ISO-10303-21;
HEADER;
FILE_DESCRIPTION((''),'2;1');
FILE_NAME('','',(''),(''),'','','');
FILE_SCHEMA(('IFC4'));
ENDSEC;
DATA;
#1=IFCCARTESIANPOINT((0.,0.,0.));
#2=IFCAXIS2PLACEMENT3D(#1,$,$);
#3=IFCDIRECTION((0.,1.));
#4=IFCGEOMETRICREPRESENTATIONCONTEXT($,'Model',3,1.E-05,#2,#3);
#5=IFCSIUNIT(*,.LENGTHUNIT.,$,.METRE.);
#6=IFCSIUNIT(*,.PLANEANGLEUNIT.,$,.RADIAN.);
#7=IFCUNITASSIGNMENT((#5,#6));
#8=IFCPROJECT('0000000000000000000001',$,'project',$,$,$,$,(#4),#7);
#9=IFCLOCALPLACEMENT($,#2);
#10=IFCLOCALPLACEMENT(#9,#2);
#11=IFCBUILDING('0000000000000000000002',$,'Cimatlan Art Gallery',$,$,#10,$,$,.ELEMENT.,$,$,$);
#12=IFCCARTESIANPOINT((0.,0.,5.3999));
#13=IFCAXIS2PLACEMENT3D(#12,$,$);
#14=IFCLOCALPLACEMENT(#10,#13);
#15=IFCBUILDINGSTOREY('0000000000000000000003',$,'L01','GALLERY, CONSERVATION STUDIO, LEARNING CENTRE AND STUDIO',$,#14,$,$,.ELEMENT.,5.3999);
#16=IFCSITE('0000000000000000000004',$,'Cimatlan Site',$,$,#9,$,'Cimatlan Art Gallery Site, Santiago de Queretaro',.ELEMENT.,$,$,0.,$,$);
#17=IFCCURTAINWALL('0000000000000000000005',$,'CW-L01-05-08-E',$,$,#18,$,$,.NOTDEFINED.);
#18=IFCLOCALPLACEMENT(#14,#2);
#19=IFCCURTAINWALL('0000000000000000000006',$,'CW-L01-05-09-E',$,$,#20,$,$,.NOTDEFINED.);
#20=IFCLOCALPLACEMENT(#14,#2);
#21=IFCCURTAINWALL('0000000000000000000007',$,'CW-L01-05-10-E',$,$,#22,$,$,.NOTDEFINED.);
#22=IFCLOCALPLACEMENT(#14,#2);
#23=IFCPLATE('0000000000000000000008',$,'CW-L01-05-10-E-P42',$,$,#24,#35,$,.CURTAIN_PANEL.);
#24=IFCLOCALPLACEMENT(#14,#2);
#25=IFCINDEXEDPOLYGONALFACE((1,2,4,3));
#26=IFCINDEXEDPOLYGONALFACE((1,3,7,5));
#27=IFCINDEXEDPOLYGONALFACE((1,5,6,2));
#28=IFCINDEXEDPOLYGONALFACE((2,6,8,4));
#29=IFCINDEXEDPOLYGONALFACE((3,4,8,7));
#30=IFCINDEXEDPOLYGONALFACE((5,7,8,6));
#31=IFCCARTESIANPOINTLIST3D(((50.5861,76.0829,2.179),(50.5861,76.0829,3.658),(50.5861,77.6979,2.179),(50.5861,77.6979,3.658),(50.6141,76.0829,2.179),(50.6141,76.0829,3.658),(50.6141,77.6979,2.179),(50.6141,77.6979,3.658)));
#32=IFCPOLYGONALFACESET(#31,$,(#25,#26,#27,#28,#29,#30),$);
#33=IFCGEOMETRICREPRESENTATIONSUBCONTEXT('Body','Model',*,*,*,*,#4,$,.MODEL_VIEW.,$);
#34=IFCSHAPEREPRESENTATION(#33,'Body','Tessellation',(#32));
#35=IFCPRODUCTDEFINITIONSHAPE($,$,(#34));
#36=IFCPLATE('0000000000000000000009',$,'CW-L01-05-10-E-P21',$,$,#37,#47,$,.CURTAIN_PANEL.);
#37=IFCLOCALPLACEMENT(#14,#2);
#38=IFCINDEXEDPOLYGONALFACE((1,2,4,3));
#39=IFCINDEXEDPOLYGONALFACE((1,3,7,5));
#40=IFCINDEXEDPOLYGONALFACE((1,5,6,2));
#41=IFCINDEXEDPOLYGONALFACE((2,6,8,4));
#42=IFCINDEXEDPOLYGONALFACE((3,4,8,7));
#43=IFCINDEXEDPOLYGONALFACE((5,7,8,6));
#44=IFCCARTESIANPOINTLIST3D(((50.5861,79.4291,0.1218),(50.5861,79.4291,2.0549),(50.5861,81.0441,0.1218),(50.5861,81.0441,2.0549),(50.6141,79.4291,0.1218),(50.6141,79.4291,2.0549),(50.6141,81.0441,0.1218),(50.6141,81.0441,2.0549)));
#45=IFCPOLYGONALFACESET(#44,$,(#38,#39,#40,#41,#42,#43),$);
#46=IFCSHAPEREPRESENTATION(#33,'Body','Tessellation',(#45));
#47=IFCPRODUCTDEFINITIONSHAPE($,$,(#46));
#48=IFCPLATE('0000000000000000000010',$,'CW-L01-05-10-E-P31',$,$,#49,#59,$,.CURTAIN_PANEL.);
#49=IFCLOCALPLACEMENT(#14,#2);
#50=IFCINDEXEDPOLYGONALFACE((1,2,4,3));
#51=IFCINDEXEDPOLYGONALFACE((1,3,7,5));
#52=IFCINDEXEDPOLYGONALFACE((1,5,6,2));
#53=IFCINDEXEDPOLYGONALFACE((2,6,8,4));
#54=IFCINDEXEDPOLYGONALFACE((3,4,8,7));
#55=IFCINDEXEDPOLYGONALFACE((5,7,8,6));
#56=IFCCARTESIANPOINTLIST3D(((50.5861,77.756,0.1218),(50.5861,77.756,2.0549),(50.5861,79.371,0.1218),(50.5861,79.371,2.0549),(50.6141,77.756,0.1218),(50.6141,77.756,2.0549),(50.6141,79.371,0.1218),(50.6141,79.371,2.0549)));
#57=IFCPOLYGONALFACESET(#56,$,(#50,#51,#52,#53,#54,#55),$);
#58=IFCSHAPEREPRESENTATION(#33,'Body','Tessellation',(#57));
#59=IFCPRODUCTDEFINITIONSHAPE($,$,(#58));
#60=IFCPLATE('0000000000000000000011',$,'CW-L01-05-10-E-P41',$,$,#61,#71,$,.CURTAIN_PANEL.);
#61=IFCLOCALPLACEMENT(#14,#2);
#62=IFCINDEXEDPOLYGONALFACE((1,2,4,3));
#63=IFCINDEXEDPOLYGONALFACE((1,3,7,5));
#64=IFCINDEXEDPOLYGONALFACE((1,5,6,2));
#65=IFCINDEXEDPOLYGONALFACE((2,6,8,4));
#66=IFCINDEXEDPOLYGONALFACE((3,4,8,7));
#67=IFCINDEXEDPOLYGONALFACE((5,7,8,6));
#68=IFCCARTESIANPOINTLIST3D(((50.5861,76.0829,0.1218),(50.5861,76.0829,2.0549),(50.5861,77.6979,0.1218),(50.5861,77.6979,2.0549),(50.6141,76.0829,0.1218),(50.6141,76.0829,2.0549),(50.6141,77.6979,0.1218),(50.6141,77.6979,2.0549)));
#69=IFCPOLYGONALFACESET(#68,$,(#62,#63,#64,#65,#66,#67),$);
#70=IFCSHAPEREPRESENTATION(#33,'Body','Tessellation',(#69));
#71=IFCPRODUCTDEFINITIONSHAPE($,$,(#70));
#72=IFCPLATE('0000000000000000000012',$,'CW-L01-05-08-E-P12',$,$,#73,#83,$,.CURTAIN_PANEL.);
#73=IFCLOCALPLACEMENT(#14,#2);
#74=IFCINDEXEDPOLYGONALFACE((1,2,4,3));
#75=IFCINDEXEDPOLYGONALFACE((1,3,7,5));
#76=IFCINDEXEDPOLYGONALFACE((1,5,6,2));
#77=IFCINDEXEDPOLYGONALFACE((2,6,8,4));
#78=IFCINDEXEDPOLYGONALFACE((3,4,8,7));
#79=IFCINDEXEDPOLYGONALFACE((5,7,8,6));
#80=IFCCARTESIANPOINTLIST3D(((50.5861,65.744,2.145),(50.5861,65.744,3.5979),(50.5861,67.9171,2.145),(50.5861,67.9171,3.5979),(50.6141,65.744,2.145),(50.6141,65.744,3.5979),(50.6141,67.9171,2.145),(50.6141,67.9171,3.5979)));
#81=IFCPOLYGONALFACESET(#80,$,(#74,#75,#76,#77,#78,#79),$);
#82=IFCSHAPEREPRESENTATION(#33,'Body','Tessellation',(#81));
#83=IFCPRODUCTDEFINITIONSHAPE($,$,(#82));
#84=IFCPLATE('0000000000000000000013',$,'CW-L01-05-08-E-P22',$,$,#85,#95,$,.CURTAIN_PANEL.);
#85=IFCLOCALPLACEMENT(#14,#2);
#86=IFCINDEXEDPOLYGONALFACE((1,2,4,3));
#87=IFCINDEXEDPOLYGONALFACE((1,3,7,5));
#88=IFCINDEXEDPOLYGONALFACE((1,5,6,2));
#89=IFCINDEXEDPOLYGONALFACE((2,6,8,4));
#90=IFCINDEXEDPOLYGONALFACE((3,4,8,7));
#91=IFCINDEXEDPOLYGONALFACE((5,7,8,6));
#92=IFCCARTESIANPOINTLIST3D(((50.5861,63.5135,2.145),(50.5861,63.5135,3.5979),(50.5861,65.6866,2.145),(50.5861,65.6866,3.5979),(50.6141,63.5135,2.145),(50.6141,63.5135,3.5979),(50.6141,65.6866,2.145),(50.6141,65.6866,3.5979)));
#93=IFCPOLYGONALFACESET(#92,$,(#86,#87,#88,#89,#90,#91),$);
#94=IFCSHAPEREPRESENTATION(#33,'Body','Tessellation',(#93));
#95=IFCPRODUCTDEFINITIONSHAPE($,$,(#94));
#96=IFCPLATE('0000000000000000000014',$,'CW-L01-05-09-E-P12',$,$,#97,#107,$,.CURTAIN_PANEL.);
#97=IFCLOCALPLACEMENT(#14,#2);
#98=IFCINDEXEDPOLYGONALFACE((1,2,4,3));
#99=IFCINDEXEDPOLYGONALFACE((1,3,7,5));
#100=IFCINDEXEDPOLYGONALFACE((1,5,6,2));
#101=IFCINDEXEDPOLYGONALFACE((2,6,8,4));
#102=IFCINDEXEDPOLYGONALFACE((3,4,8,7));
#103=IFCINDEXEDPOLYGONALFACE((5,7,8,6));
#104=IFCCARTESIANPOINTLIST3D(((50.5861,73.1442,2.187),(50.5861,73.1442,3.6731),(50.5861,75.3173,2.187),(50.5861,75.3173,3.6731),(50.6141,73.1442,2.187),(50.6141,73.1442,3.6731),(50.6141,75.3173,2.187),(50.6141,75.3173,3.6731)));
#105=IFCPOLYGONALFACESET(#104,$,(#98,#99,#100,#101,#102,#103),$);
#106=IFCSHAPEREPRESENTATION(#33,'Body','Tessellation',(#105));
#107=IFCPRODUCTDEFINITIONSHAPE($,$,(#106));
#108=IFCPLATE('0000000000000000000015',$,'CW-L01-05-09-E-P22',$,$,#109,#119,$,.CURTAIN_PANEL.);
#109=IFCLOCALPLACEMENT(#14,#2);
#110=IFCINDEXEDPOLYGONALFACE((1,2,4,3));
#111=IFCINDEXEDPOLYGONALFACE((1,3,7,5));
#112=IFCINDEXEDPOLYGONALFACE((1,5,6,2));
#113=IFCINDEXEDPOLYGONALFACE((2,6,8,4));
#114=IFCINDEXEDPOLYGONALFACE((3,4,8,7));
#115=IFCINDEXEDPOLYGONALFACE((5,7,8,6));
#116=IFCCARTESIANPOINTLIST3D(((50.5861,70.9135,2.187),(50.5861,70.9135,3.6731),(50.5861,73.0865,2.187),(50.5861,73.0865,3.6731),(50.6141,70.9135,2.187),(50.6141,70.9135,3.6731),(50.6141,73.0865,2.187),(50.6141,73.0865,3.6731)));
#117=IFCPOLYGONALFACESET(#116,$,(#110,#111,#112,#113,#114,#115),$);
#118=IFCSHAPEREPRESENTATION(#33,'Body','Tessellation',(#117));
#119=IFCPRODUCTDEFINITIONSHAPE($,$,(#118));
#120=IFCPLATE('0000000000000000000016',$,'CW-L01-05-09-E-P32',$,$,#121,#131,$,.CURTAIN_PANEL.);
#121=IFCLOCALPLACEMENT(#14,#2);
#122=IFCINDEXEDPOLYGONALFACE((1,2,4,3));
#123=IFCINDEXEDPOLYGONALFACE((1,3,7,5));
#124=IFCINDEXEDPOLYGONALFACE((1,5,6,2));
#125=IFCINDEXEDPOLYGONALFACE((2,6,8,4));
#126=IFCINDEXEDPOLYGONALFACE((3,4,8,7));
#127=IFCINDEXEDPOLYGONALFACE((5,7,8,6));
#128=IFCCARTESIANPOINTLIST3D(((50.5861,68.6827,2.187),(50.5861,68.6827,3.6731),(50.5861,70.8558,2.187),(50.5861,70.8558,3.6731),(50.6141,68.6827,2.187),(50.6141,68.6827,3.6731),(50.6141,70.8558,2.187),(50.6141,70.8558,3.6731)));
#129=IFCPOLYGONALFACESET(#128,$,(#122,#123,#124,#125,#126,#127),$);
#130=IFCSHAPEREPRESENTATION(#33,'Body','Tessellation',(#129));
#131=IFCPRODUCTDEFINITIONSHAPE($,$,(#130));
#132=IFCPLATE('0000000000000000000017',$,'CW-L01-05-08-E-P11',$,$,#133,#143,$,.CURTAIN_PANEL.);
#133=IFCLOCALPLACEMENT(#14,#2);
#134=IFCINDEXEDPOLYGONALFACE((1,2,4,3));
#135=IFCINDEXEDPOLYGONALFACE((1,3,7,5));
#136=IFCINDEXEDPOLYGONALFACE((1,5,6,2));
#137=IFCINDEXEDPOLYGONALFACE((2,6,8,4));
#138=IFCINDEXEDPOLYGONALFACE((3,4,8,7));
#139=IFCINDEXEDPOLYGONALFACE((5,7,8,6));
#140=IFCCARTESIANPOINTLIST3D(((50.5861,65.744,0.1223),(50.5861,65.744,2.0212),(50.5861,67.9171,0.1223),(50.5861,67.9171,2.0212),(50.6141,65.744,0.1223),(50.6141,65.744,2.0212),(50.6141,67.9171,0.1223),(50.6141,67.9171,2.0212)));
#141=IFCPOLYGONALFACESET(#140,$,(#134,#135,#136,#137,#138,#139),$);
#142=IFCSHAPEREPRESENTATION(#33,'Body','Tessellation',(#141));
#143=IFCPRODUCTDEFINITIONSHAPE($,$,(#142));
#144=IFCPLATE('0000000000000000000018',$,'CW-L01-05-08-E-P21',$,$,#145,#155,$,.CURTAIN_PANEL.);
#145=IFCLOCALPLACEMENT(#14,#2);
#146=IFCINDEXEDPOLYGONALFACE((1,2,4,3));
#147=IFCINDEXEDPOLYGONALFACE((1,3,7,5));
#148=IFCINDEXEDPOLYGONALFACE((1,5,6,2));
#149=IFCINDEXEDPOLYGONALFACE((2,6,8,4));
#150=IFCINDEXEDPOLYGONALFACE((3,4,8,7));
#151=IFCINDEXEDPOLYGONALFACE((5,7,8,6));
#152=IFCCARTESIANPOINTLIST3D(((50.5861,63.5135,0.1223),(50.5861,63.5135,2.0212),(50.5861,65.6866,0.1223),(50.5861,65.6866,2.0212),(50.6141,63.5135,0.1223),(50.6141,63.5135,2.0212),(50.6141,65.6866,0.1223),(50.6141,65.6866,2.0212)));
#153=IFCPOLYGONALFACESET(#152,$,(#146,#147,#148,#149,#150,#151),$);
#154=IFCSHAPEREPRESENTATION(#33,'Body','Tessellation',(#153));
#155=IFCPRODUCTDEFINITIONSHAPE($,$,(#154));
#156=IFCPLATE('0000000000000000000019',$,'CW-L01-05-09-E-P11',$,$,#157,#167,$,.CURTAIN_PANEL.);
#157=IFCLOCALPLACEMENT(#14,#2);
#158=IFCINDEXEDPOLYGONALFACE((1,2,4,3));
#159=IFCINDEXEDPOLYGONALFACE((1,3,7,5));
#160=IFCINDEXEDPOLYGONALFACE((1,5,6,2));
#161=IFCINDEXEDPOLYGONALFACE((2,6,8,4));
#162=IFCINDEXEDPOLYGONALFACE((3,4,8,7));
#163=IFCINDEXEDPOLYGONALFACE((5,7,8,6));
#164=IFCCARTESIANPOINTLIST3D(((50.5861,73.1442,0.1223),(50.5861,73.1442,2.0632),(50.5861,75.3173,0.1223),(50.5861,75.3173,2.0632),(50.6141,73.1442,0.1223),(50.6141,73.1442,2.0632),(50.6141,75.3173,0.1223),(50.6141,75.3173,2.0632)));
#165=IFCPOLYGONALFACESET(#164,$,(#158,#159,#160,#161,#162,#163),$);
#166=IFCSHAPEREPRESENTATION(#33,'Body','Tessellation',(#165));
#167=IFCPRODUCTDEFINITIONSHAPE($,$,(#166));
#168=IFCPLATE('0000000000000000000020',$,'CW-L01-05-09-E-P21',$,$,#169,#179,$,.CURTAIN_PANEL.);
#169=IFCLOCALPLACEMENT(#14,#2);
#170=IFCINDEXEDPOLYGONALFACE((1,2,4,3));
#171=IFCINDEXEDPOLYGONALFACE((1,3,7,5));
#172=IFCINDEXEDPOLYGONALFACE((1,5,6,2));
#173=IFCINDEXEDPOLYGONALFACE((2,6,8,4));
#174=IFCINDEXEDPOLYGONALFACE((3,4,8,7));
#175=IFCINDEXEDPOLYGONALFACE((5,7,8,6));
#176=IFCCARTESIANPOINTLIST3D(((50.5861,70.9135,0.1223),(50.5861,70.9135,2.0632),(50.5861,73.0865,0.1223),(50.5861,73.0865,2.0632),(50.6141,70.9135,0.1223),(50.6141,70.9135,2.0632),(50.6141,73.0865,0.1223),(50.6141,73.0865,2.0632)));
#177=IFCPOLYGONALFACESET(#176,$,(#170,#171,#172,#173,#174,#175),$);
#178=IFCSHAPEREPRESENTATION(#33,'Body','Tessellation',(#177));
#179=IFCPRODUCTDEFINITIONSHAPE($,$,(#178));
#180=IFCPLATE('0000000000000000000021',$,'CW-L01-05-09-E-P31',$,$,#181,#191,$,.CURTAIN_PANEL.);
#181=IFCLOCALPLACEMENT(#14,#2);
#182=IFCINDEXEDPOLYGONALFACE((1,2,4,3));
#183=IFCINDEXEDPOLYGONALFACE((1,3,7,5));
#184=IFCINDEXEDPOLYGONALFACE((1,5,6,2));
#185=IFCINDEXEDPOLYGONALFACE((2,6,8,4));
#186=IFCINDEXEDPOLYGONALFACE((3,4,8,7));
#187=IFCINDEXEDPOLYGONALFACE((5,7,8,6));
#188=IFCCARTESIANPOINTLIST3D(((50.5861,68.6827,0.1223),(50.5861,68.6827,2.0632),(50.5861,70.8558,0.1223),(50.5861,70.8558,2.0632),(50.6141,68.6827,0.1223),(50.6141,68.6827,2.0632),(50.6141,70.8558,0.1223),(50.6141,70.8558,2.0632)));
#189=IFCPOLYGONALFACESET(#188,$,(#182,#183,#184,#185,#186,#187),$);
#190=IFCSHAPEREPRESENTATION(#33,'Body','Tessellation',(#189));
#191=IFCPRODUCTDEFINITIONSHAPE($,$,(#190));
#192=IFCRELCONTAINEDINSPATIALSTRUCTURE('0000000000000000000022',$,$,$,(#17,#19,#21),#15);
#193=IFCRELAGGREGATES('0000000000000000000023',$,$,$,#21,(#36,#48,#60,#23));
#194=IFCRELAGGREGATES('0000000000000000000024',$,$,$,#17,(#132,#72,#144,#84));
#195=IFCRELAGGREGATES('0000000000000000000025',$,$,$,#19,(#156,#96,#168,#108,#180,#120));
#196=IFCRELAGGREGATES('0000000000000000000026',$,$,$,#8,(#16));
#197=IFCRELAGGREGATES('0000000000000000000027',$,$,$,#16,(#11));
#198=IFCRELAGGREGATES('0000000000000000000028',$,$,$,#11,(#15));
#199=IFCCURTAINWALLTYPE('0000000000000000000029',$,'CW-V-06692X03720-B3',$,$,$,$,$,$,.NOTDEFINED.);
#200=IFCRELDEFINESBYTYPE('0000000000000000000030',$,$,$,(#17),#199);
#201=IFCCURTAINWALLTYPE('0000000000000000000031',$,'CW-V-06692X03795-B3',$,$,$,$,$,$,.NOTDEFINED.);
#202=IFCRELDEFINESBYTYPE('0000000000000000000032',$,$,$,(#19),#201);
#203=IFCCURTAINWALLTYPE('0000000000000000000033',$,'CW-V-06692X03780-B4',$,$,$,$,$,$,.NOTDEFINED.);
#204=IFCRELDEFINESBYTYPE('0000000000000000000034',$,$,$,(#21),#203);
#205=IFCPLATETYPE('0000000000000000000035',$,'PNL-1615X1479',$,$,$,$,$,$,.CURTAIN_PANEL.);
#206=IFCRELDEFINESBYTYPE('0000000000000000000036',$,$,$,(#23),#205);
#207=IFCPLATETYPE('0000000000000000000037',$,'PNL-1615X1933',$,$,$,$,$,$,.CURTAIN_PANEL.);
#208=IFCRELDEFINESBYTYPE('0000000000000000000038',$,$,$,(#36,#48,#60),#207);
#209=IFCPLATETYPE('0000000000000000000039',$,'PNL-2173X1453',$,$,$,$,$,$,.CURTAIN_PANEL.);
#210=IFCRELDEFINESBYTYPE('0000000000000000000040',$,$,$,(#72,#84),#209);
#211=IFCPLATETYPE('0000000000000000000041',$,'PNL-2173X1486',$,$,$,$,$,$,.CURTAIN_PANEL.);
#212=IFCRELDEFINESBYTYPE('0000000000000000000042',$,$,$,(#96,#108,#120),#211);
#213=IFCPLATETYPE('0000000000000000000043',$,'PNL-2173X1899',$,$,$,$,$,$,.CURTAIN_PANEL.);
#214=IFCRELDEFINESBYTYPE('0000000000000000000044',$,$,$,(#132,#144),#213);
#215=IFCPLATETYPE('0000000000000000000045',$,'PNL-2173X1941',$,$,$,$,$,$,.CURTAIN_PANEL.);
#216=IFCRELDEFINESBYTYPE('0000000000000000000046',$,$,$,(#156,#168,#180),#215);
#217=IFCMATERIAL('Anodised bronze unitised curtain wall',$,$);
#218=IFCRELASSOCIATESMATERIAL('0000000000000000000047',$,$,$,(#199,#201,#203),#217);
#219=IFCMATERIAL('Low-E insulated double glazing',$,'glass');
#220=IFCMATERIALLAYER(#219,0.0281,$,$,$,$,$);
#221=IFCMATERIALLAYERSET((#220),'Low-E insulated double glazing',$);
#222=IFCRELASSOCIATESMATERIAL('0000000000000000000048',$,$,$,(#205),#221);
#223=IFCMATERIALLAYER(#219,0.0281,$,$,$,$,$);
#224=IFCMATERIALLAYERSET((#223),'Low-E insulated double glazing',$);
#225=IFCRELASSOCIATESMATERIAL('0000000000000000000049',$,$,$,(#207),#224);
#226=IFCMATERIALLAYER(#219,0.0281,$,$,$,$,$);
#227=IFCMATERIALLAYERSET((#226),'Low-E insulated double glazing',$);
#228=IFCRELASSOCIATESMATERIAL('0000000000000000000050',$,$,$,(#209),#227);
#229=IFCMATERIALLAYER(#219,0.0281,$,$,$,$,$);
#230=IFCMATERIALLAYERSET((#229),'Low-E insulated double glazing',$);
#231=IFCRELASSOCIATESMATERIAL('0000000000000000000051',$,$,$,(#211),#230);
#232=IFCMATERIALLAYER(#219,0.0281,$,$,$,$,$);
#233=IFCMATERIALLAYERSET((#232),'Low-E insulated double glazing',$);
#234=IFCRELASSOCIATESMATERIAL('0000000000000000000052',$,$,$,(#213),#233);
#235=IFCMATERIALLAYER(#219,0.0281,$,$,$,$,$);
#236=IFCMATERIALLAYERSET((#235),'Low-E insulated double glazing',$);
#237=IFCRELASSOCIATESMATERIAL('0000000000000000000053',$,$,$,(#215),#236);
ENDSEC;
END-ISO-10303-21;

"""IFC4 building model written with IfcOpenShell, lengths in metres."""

from ifc_helpers import new_model, si_unit, direction, frame, origin, origin_2d, place, context, subcontext, project, spatial, rectangle, extrude, material, layer, layer_set, type_object, element, aggregate, save


model = new_model("IFC4")

# Units and contexts
model_context = context("Model", 3, precision=1e-05, world=origin(), true_north=direction((0.0, 1.0)))
body_context = subcontext(model_context, "Body", "Model", "MODEL_VIEW")
ifc_project = project(units=[si_unit("LENGTHUNIT", "METRE"), si_unit("PLANEANGLEUNIT", "RADIAN")], contexts=[model_context])

# Site, building, storey
site_placement = place(None, origin())
site = spatial("IfcSite", under=ifc_project, at=site_placement, Name="Cimatlan Site", LongName="Cimatlan Art Gallery Site, Santiago de Queretaro", CompositionType="ELEMENT", RefElevation=0.0)
building_placement = place(site_placement, origin())
building = spatial("IfcBuilding", under=site, at=building_placement, Name="Cimatlan Art Gallery", CompositionType="ELEMENT")
storey_placement = place(building_placement, frame((0.0, 0.0, 5.3999)))
storey = spatial("IfcBuildingStorey", under=building, at=storey_placement, Name="L01", Description="GALLERY, CONSERVATION STUDIO, LEARNING CENTRE AND STUDIO", CompositionType="ELEMENT", Elevation=5.3999)

# Curtain walls
ifc_material_1 = material(Name="Anodised bronze unitised curtain wall")
curtain_wall_type_1 = type_object("IfcCurtainWallType", Name="CW-V-06692X03720-B3", PredefinedType="NOTDEFINED", material=ifc_material_1)
curtain_wall_1_placement = place(storey_placement, origin())
curtain_wall_1 = element("IfcCurtainWall", 1, at=curtain_wall_1_placement, inside=storey, type_object=curtain_wall_type_1, Name="CW-L01-05-08-E", PredefinedType="NOTDEFINED")
curtain_wall_type_2 = type_object("IfcCurtainWallType", Name="CW-V-06692X03795-B3", PredefinedType="NOTDEFINED", material=ifc_material_1)
curtain_wall_2_placement = place(storey_placement, origin())
curtain_wall_2 = element("IfcCurtainWall", 2, at=curtain_wall_2_placement, inside=storey, type_object=curtain_wall_type_2, Name="CW-L01-05-09-E", PredefinedType="NOTDEFINED")
curtain_wall_type_3 = type_object("IfcCurtainWallType", Name="CW-V-06692X03780-B4", PredefinedType="NOTDEFINED", material=ifc_material_1)
curtain_wall_3_placement = place(storey_placement, origin())
curtain_wall_3 = element("IfcCurtainWall", 3, at=curtain_wall_3_placement, inside=storey, type_object=curtain_wall_type_3, Name="CW-L01-05-10-E", PredefinedType="NOTDEFINED")

# Plates
ifc_material_2 = material(Name="Low-E insulated double glazing", Category="glass")
ifc_layer_1 = layer(ifc_material_2, 0.0281)
ifc_layer_set_1 = layer_set([ifc_layer_1], Name="Low-E insulated double glazing")
plate_type_1 = type_object("IfcPlateType", Name="PNL-1615X1479", PredefinedType="CURTAIN_PANEL", material=ifc_layer_set_1)
plate_1_placement = place(storey_placement, frame((50.6001, 76.8904, 2.179), z_axis=(0.0, 0.0, 1.0), x_axis=(0.0, -1.0, 0.0)))
plate_1 = element("IfcPlate", 4, at=plate_1_placement, type_object=plate_type_1, Name="CW-L01-05-10-E-P42", PredefinedType="CURTAIN_PANEL", context=body_context, shape_type="SweptSolid", body=[
    extrude(rectangle(XDim=1.615, YDim=0.0281, at=origin_2d()), origin(), (0.0, 0.0, 1.0), 1.479),
])
ifc_layer_2 = layer(ifc_material_2, 0.0281)
ifc_layer_set_2 = layer_set([ifc_layer_2], Name="Low-E insulated double glazing")
plate_type_2 = type_object("IfcPlateType", Name="PNL-1615X1933", PredefinedType="CURTAIN_PANEL", material=ifc_layer_set_2)
plate_2_placement = place(storey_placement, frame((50.6001, 80.2366, 0.1218), z_axis=(0.0, 0.0, 1.0), x_axis=(0.0, -1.0, 0.0)))
plate_2 = element("IfcPlate", 5, at=plate_2_placement, type_object=plate_type_2, Name="CW-L01-05-10-E-P21", PredefinedType="CURTAIN_PANEL", context=body_context, shape_type="SweptSolid", body=[
    extrude(rectangle(XDim=1.615, YDim=0.0281, at=origin_2d()), origin(), (0.0, 0.0, 1.0), 1.9331),
])
plate_3_placement = place(storey_placement, frame((50.6001, 78.5635, 0.1218), z_axis=(0.0, 0.0, 1.0), x_axis=(0.0, -1.0, 0.0)))
plate_3 = element("IfcPlate", 6, at=plate_3_placement, type_object=plate_type_2, Name="CW-L01-05-10-E-P31", PredefinedType="CURTAIN_PANEL", context=body_context, shape_type="SweptSolid", body=[
    extrude(rectangle(XDim=1.615, YDim=0.0281, at=origin_2d()), origin(), (0.0, 0.0, 1.0), 1.9331),
])
plate_4_placement = place(storey_placement, frame((50.6001, 76.8904, 0.1218), z_axis=(0.0, 0.0, 1.0), x_axis=(0.0, -1.0, 0.0)))
plate_4 = element("IfcPlate", 7, at=plate_4_placement, type_object=plate_type_2, Name="CW-L01-05-10-E-P41", PredefinedType="CURTAIN_PANEL", context=body_context, shape_type="SweptSolid", body=[
    extrude(rectangle(XDim=1.615, YDim=0.0281, at=origin_2d()), origin(), (0.0, 0.0, 1.0), 1.9331),
])
aggregate(curtain_wall_3, [plate_2, plate_3, plate_4, plate_1])
ifc_layer_3 = layer(ifc_material_2, 0.0281)
ifc_layer_set_3 = layer_set([ifc_layer_3], Name="Low-E insulated double glazing")
plate_type_3 = type_object("IfcPlateType", Name="PNL-2173X1453", PredefinedType="CURTAIN_PANEL", material=ifc_layer_set_3)
plate_5_placement = place(storey_placement, frame((50.6001, 66.8306, 2.145), z_axis=(0.0, 0.0, 1.0), x_axis=(0.0, -1.0, 0.0)))
plate_5 = element("IfcPlate", 8, at=plate_5_placement, type_object=plate_type_3, Name="CW-L01-05-08-E-P12", PredefinedType="CURTAIN_PANEL", context=body_context, shape_type="SweptSolid", body=[
    extrude(rectangle(XDim=2.1731, YDim=0.0281, at=origin_2d()), origin(), (0.0, 0.0, 1.0), 1.4529),
])
plate_6_placement = place(storey_placement, frame((50.6001, 64.6001, 2.145), z_axis=(0.0, 0.0, 1.0), x_axis=(0.0, -1.0, 0.0)))
plate_6 = element("IfcPlate", 9, at=plate_6_placement, type_object=plate_type_3, Name="CW-L01-05-08-E-P22", PredefinedType="CURTAIN_PANEL", context=body_context, shape_type="SweptSolid", body=[
    extrude(rectangle(XDim=2.1731, YDim=0.0281, at=origin_2d()), origin(), (0.0, 0.0, 1.0), 1.4529),
])
ifc_layer_4 = layer(ifc_material_2, 0.0281)
ifc_layer_set_4 = layer_set([ifc_layer_4], Name="Low-E insulated double glazing")
plate_type_4 = type_object("IfcPlateType", Name="PNL-2173X1486", PredefinedType="CURTAIN_PANEL", material=ifc_layer_set_4)
plate_7_placement = place(storey_placement, frame((50.6001, 74.2307, 2.187), z_axis=(0.0, 0.0, 1.0), x_axis=(0.0, -1.0, 0.0)))
plate_7 = element("IfcPlate", 10, at=plate_7_placement, type_object=plate_type_4, Name="CW-L01-05-09-E-P12", PredefinedType="CURTAIN_PANEL", context=body_context, shape_type="SweptSolid", body=[
    extrude(rectangle(XDim=2.1731, YDim=0.0281, at=origin_2d()), origin(), (0.0, 0.0, 1.0), 1.4861),
])
plate_8_placement = place(storey_placement, frame((50.6001, 72.0, 2.187), z_axis=(0.0, 0.0, 1.0), x_axis=(0.0, -1.0, 0.0)))
plate_8 = element("IfcPlate", 11, at=plate_8_placement, type_object=plate_type_4, Name="CW-L01-05-09-E-P22", PredefinedType="CURTAIN_PANEL", context=body_context, shape_type="SweptSolid", body=[
    extrude(rectangle(XDim=2.1731, YDim=0.0281, at=origin_2d()), origin(), (0.0, 0.0, 1.0), 1.4861),
])
plate_9_placement = place(storey_placement, frame((50.6001, 69.7693, 2.187), z_axis=(0.0, 0.0, 1.0), x_axis=(0.0, -1.0, 0.0)))
plate_9 = element("IfcPlate", 12, at=plate_9_placement, type_object=plate_type_4, Name="CW-L01-05-09-E-P32", PredefinedType="CURTAIN_PANEL", context=body_context, shape_type="SweptSolid", body=[
    extrude(rectangle(XDim=2.1731, YDim=0.0281, at=origin_2d()), origin(), (0.0, 0.0, 1.0), 1.4861),
])
ifc_layer_5 = layer(ifc_material_2, 0.0281)
ifc_layer_set_5 = layer_set([ifc_layer_5], Name="Low-E insulated double glazing")
plate_type_5 = type_object("IfcPlateType", Name="PNL-2173X1899", PredefinedType="CURTAIN_PANEL", material=ifc_layer_set_5)
plate_10_placement = place(storey_placement, frame((50.6001, 66.8306, 0.1223), z_axis=(0.0, 0.0, 1.0), x_axis=(0.0, -1.0, 0.0)))
plate_10 = element("IfcPlate", 13, at=plate_10_placement, type_object=plate_type_5, Name="CW-L01-05-08-E-P11", PredefinedType="CURTAIN_PANEL", context=body_context, shape_type="SweptSolid", body=[
    extrude(rectangle(XDim=2.1731, YDim=0.0281, at=origin_2d()), origin(), (0.0, 0.0, 1.0), 1.8989),
])
plate_11_placement = place(storey_placement, frame((50.6001, 64.6001, 0.1223), z_axis=(0.0, 0.0, 1.0), x_axis=(0.0, -1.0, 0.0)))
plate_11 = element("IfcPlate", 14, at=plate_11_placement, type_object=plate_type_5, Name="CW-L01-05-08-E-P21", PredefinedType="CURTAIN_PANEL", context=body_context, shape_type="SweptSolid", body=[
    extrude(rectangle(XDim=2.1731, YDim=0.0281, at=origin_2d()), origin(), (0.0, 0.0, 1.0), 1.8989),
])
aggregate(curtain_wall_1, [plate_10, plate_5, plate_11, plate_6])
ifc_layer_6 = layer(ifc_material_2, 0.0281)
ifc_layer_set_6 = layer_set([ifc_layer_6], Name="Low-E insulated double glazing")
plate_type_6 = type_object("IfcPlateType", Name="PNL-2173X1941", PredefinedType="CURTAIN_PANEL", material=ifc_layer_set_6)
plate_12_placement = place(storey_placement, frame((50.6001, 74.2307, 0.1223), z_axis=(0.0, 0.0, 1.0), x_axis=(0.0, -1.0, 0.0)))
plate_12 = element("IfcPlate", 15, at=plate_12_placement, type_object=plate_type_6, Name="CW-L01-05-09-E-P11", PredefinedType="CURTAIN_PANEL", context=body_context, shape_type="SweptSolid", body=[
    extrude(rectangle(XDim=2.1731, YDim=0.0281, at=origin_2d()), origin(), (0.0, 0.0, 1.0), 1.9409),
])
plate_13_placement = place(storey_placement, frame((50.6001, 72.0, 0.1223), z_axis=(0.0, 0.0, 1.0), x_axis=(0.0, -1.0, 0.0)))
plate_13 = element("IfcPlate", 16, at=plate_13_placement, type_object=plate_type_6, Name="CW-L01-05-09-E-P21", PredefinedType="CURTAIN_PANEL", context=body_context, shape_type="SweptSolid", body=[
    extrude(rectangle(XDim=2.1731, YDim=0.0281, at=origin_2d()), origin(), (0.0, 0.0, 1.0), 1.9409),
])
plate_14_placement = place(storey_placement, frame((50.6001, 69.7693, 0.1223), z_axis=(0.0, 0.0, 1.0), x_axis=(0.0, -1.0, 0.0)))
plate_14 = element("IfcPlate", 17, at=plate_14_placement, type_object=plate_type_6, Name="CW-L01-05-09-E-P31", PredefinedType="CURTAIN_PANEL", context=body_context, shape_type="SweptSolid", body=[
    extrude(rectangle(XDim=2.1731, YDim=0.0281, at=origin_2d()), origin(), (0.0, 0.0, 1.0), 1.9409),
])
aggregate(curtain_wall_2, [plate_12, plate_7, plate_13, plate_8, plate_14, plate_9])

save(model, "model.ifc")
